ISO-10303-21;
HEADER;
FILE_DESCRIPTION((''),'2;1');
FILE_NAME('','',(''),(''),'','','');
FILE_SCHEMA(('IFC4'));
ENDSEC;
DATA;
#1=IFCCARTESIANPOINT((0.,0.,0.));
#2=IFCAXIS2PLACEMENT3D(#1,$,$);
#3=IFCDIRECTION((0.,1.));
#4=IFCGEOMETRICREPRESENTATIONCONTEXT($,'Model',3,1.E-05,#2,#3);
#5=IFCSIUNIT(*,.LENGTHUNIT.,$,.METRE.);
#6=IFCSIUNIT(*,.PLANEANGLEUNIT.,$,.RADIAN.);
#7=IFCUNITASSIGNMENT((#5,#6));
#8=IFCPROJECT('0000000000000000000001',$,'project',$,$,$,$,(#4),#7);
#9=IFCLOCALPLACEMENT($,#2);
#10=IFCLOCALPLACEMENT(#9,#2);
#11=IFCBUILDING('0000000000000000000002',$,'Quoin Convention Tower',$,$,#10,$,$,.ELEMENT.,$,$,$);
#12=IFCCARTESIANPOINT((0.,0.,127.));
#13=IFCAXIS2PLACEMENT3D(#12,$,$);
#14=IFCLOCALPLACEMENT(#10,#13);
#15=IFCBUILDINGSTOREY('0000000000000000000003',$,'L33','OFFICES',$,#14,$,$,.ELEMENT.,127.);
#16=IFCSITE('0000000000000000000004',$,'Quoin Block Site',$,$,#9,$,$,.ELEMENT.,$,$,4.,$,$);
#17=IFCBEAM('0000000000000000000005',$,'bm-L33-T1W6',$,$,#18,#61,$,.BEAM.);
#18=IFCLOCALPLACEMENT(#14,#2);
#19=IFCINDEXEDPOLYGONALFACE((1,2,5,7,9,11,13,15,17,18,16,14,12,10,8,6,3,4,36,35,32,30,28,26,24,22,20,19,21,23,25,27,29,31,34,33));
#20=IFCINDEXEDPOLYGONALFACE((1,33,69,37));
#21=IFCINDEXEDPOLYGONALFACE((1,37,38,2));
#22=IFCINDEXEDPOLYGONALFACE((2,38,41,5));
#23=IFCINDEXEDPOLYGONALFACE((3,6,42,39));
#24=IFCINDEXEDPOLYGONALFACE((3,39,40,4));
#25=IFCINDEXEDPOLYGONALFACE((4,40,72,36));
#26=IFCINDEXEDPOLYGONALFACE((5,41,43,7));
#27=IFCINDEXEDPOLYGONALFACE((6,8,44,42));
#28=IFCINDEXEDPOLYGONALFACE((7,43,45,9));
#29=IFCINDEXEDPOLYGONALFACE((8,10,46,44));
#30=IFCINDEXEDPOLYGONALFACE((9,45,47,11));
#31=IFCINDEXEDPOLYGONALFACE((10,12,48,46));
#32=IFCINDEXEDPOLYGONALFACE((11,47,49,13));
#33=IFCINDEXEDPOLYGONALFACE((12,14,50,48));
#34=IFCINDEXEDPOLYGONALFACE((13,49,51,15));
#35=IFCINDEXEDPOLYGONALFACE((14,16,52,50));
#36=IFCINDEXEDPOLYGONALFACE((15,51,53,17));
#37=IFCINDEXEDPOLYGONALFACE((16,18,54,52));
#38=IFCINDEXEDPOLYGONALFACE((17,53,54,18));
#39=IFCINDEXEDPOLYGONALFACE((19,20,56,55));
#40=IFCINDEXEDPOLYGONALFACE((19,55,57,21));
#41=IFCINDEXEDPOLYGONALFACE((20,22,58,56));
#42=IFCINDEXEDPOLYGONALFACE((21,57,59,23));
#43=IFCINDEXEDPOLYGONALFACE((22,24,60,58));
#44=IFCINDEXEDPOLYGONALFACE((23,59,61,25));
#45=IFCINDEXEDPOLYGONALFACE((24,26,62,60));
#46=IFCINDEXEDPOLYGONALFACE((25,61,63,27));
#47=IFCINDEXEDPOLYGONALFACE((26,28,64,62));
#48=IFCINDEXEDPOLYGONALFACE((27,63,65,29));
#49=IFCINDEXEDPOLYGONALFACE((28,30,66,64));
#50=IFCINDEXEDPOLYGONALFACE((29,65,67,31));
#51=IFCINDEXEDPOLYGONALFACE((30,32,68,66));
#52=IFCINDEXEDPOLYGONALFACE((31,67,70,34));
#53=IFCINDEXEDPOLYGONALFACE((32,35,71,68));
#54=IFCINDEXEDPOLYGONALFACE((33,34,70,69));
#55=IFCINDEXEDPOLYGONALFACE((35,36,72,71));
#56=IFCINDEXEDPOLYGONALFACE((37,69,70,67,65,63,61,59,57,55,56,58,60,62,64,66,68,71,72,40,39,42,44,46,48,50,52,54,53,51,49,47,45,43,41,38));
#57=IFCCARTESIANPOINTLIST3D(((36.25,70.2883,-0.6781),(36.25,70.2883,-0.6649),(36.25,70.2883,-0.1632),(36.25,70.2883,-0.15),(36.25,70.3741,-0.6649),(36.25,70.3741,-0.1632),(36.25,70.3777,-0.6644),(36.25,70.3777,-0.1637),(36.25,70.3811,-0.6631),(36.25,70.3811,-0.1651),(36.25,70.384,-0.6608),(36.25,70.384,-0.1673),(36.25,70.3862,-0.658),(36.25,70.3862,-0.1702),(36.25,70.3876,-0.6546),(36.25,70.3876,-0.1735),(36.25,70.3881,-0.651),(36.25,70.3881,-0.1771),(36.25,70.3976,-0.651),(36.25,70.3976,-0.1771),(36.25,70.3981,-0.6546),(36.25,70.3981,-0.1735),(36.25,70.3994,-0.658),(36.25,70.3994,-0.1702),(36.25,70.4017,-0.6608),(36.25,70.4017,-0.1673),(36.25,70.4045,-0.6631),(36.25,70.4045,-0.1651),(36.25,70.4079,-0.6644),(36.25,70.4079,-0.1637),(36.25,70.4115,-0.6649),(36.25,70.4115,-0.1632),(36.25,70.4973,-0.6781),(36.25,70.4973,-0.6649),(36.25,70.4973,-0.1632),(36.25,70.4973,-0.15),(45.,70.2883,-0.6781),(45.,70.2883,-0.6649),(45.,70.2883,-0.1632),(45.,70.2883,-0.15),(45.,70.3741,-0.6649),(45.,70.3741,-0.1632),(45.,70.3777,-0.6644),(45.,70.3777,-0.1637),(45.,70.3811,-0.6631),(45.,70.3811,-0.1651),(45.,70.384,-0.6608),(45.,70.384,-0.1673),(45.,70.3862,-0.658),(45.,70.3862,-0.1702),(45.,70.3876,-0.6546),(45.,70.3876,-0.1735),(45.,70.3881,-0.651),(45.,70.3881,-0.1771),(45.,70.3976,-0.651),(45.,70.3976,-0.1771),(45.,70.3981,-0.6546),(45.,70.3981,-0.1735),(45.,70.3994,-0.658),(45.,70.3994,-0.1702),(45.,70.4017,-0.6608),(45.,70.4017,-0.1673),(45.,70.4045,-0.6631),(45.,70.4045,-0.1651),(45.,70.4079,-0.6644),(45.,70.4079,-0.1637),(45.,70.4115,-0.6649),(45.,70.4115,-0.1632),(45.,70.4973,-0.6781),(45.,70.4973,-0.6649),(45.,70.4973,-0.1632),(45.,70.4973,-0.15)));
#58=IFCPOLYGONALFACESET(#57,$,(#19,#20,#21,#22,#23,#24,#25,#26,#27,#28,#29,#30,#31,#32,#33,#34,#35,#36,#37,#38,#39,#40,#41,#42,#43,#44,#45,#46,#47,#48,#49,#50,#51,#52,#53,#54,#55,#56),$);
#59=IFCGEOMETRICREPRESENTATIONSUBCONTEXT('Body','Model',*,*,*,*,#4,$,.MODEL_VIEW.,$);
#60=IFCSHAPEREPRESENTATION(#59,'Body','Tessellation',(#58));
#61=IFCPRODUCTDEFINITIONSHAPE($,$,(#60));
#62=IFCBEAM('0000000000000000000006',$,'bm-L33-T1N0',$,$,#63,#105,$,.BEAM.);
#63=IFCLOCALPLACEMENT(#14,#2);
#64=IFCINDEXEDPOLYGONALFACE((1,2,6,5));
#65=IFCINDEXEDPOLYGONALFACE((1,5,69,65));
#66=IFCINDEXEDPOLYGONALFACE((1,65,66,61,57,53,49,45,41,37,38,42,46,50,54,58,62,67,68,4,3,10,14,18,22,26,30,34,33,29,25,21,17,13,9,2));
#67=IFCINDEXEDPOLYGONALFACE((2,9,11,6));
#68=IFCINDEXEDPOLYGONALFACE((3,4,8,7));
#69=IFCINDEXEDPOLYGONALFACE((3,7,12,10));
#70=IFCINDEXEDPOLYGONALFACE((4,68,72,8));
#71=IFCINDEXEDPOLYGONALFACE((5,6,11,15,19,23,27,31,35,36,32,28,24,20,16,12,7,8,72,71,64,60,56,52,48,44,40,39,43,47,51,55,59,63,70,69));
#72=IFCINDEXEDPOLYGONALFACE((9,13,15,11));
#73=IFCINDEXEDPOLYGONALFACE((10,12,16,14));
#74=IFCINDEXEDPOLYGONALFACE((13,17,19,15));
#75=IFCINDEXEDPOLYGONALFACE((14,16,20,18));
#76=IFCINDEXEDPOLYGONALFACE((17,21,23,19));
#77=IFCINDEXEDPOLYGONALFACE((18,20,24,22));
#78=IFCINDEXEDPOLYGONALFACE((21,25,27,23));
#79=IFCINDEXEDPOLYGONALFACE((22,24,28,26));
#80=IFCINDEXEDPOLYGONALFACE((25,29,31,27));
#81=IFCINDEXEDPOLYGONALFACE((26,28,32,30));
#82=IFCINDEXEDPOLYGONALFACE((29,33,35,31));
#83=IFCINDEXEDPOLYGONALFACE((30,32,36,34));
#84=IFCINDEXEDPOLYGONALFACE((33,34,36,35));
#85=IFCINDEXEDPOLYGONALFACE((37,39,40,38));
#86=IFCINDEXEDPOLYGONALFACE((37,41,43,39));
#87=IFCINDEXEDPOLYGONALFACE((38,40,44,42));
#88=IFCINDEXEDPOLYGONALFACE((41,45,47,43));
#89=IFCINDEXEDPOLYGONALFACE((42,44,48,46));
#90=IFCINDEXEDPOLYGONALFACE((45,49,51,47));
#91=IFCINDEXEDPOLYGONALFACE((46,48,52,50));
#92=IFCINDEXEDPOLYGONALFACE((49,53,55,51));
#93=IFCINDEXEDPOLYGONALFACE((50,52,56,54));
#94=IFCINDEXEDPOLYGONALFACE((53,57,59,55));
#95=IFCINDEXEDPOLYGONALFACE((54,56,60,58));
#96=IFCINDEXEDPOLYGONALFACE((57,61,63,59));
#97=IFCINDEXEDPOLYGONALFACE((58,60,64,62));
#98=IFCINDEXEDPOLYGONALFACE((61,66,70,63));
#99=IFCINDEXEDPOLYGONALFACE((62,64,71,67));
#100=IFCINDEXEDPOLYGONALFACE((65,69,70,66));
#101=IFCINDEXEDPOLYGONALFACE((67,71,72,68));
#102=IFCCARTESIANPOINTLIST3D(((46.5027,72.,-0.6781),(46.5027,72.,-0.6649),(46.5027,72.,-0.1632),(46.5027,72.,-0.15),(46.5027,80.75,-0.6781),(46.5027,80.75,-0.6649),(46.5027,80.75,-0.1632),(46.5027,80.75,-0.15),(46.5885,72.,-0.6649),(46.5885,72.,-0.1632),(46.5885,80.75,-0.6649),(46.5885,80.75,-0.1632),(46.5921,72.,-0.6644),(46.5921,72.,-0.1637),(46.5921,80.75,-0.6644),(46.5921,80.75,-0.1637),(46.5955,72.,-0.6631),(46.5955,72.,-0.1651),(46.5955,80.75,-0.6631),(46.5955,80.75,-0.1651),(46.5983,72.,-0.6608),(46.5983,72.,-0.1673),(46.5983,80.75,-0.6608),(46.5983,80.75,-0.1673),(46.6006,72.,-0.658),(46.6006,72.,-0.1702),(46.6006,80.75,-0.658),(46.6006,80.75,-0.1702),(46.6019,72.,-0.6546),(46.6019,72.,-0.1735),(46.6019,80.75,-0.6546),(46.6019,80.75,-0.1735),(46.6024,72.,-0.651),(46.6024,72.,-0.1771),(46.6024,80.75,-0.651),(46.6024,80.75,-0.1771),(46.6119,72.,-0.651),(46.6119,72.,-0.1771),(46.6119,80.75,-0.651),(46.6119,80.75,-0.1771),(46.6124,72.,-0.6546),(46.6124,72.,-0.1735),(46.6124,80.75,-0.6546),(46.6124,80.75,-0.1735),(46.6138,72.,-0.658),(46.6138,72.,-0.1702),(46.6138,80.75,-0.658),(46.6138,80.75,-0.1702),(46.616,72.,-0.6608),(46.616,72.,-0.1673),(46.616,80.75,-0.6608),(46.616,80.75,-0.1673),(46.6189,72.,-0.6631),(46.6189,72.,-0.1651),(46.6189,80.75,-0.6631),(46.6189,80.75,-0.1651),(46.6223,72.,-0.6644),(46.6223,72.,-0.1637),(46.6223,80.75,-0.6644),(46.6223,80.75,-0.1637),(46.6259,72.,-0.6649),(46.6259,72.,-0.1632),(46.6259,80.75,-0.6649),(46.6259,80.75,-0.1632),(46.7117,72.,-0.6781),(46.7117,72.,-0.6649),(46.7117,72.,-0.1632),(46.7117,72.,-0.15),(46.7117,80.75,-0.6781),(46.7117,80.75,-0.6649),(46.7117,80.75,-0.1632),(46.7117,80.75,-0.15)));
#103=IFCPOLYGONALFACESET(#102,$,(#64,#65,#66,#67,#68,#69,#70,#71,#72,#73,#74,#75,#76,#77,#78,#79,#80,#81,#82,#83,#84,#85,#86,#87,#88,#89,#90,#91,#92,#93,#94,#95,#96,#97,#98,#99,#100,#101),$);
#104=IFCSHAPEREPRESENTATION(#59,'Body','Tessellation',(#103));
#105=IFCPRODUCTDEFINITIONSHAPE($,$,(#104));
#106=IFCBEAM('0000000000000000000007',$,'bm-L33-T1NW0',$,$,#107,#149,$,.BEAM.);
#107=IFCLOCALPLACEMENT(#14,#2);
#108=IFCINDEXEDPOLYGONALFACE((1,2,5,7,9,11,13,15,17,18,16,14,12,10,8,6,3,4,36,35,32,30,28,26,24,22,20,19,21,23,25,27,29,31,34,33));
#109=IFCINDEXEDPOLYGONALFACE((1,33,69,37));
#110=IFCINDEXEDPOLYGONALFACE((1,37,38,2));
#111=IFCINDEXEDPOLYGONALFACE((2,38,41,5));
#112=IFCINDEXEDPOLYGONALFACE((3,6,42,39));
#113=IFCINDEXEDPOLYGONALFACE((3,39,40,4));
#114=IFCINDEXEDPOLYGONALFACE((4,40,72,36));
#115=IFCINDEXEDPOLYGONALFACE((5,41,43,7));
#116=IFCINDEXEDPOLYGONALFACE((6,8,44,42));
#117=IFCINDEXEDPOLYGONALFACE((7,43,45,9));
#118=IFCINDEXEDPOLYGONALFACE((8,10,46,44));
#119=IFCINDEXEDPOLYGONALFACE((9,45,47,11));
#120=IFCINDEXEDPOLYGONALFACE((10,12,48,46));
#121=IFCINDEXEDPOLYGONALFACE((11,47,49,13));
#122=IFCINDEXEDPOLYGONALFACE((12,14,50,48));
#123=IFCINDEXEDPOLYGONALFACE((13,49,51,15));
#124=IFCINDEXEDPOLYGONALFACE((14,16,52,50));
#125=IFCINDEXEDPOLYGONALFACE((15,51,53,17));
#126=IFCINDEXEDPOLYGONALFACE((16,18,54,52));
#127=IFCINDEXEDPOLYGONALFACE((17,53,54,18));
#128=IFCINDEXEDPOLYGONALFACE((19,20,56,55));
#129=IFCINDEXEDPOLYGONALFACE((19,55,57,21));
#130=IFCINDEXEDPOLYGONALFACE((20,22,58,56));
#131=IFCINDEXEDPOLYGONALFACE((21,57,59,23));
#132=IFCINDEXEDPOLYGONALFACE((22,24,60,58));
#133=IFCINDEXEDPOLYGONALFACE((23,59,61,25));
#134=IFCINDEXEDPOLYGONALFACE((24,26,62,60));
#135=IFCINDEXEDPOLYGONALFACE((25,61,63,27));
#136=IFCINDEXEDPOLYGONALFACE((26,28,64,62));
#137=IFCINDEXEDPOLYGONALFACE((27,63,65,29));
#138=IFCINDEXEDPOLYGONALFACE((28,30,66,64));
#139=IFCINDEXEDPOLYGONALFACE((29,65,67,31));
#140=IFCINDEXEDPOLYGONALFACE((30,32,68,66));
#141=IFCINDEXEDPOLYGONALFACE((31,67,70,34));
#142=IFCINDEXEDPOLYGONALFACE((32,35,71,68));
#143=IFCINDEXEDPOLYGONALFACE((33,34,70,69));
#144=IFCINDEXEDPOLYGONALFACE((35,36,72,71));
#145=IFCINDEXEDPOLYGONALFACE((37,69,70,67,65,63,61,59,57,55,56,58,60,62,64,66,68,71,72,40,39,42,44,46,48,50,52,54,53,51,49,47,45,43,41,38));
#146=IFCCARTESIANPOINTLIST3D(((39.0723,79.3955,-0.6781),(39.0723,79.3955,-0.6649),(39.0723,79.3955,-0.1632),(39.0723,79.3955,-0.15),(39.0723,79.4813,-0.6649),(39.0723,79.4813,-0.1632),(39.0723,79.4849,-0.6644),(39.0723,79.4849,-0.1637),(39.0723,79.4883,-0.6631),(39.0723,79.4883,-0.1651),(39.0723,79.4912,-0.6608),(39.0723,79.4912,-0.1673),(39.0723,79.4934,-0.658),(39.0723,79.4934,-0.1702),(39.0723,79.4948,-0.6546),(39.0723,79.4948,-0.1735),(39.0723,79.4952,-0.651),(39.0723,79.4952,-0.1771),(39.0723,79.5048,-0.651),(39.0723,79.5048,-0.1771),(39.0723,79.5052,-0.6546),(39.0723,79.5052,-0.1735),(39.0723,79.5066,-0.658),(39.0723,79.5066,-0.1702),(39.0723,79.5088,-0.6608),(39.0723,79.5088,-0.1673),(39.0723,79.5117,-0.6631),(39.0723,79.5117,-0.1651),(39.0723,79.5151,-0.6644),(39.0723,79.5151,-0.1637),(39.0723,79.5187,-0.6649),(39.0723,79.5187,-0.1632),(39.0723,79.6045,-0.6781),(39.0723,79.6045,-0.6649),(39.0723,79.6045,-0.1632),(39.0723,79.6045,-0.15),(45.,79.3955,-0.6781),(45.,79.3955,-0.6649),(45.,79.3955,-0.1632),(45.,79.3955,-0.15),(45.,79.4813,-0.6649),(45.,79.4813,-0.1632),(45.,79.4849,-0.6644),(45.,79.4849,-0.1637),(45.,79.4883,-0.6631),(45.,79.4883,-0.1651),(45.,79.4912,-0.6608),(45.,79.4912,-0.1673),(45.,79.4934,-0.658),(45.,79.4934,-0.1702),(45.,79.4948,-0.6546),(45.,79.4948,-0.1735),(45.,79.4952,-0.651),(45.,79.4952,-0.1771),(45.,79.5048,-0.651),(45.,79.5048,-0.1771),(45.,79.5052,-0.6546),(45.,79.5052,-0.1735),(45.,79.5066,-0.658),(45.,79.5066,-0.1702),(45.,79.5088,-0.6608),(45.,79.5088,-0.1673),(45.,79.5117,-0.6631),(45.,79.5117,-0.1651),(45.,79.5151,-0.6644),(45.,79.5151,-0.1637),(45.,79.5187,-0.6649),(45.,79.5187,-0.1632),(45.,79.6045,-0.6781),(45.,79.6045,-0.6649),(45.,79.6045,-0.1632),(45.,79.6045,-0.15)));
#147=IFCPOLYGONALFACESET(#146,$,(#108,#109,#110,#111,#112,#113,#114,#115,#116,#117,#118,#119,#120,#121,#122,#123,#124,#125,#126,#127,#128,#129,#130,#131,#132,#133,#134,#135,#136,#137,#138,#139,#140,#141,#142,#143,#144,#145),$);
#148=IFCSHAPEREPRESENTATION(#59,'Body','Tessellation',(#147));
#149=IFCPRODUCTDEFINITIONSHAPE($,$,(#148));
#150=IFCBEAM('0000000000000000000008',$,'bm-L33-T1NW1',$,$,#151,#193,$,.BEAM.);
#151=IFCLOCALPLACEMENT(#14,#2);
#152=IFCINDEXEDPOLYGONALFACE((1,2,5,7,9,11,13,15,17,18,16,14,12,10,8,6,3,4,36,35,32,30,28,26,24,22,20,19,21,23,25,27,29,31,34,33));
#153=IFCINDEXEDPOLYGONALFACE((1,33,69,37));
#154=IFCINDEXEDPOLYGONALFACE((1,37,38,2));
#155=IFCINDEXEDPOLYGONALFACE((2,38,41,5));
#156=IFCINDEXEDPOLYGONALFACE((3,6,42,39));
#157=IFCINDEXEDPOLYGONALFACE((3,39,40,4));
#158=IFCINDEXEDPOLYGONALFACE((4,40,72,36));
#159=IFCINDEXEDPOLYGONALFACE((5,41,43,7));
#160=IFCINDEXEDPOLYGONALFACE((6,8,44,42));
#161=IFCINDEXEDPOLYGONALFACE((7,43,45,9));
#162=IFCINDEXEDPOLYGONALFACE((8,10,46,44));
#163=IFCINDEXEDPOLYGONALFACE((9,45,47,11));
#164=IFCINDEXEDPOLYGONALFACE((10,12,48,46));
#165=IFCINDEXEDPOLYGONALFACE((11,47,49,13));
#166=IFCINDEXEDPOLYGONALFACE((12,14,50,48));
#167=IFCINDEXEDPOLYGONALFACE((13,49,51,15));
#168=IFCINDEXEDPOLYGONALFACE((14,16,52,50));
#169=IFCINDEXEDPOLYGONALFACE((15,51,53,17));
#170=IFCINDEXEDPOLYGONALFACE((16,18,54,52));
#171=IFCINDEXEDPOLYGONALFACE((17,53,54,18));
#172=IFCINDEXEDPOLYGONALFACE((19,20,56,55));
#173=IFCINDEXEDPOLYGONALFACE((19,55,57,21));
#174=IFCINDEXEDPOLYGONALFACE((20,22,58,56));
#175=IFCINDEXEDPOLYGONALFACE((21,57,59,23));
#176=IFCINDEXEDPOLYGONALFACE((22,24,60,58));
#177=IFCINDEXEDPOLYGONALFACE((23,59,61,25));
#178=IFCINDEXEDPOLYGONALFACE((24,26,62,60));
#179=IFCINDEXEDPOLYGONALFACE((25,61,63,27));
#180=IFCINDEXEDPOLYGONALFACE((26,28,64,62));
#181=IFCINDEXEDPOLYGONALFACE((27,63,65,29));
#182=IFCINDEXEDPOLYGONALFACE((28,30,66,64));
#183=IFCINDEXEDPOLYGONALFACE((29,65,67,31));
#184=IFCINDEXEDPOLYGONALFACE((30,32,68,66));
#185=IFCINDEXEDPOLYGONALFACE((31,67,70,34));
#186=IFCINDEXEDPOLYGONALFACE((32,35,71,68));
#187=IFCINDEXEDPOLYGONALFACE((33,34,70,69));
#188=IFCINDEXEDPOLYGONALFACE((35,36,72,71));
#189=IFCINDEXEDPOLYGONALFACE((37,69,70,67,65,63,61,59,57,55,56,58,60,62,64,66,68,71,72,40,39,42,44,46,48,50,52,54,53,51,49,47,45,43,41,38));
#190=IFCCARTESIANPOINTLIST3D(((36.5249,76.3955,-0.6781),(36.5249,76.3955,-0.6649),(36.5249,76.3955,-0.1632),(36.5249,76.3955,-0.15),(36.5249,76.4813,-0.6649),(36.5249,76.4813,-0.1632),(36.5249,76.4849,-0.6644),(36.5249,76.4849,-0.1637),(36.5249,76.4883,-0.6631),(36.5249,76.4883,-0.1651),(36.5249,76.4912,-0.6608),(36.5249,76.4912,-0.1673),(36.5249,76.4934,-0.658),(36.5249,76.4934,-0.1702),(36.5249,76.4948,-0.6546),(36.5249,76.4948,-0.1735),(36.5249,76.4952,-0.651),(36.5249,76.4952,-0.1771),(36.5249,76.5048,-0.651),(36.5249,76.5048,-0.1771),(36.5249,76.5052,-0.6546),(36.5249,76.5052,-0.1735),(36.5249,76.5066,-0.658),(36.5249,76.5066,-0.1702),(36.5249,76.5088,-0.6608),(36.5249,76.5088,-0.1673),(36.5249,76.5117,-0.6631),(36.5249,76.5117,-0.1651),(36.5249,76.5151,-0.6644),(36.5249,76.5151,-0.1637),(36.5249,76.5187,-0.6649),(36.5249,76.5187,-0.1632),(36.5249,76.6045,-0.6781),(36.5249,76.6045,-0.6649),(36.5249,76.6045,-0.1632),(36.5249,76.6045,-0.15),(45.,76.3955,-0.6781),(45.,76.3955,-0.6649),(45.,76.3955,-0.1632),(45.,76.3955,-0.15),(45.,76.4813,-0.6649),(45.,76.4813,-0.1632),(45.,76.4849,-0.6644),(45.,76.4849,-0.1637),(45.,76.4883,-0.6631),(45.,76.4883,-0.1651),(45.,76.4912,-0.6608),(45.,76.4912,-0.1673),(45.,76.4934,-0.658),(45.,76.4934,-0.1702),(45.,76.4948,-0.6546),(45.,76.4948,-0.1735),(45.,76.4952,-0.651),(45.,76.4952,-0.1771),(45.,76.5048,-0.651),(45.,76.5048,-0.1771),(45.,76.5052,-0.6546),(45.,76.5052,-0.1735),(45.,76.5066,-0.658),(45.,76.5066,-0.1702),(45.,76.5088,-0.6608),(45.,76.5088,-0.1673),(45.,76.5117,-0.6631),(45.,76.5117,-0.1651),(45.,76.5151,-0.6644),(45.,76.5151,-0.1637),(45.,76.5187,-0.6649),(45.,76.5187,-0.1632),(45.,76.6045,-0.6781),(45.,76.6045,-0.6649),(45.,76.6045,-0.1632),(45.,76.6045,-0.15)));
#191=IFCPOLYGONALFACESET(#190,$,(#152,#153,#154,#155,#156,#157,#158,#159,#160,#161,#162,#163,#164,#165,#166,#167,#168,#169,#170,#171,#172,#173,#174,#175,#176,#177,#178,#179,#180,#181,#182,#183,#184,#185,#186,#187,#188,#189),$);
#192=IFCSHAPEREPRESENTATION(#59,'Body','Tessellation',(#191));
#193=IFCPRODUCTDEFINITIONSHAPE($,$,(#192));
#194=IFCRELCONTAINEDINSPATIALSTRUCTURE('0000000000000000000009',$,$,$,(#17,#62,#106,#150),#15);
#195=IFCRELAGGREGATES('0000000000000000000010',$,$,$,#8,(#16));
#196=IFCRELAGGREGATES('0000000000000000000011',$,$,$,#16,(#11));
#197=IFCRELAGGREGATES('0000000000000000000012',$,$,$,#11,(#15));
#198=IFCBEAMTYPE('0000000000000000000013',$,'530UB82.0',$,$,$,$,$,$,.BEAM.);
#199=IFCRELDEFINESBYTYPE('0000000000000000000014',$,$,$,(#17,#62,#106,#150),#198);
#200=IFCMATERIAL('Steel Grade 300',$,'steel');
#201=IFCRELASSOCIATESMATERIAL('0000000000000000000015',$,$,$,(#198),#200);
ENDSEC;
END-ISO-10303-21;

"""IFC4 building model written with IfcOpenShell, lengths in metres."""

from ifc_helpers import new_model, si_unit, direction, frame, origin, origin_2d, place, context, subcontext, project, spatial, i_section, extrude, material, material_profile, profile_set, type_object, element, save


model = new_model("IFC4")

# Units and contexts
model_context = context("Model", 3, precision=1e-05, world=origin(), true_north=direction((0.0, 1.0)))
body_context = subcontext(model_context, "Body", "Model", "MODEL_VIEW")
ifc_project = project(units=[si_unit("LENGTHUNIT", "METRE"), si_unit("PLANEANGLEUNIT", "RADIAN")], contexts=[model_context])

# Site, building, storey
site_placement = place(None, origin())
site = spatial("IfcSite", under=ifc_project, at=site_placement, Name="Quoin Block Site", CompositionType="ELEMENT", RefElevation=4.0)
building_placement = place(site_placement, origin())
building = spatial("IfcBuilding", under=site, at=building_placement, Name="Quoin Convention Tower", CompositionType="ELEMENT")
storey_placement = place(building_placement, frame((0.0, 0.0, 127.0)))
storey = spatial("IfcBuildingStorey", under=building, at=storey_placement, Name="L33", Description="OFFICES", CompositionType="ELEMENT", Elevation=127.0)

# Beams
ifc_material_1 = material(Name="Steel Grade 300", Category="steel")
ifc_material_profile_1 = material_profile(ifc_material_1, i_section(OverallWidth=0.209, OverallDepth=0.5281, WebThickness=0.0095, FlangeThickness=0.0132, FilletRadius=0.0139, at=origin_2d()), Name="530UB82.0")
ifc_profile_set_1 = profile_set([ifc_material_profile_1], Name="Steel Grade 300")
beam_type_1 = type_object("IfcBeamType", Name="530UB82.0", PredefinedType="BEAM", material=ifc_profile_set_1)
for number, where, z_axis, x_axis, name in (
    (1, (36.25, 70.3928, -0.4141), (1.0, 0.0, 0.0), (0.0, 1.0, 0.0), "bm-L33-T1W6"),
    (2, (46.6072, 72.0, -0.4141), (0.0, 1.0, 0.0), (-1.0, 0.0, 0.0), "bm-L33-T1N0"),
):
    element("IfcBeam", number, at=place(storey_placement, frame(where, z_axis=z_axis, x_axis=x_axis)), inside=storey, type_object=beam_type_1, Name=name, PredefinedType="BEAM", context=body_context, shape_type="SweptSolid", body=[
        extrude(i_section(OverallWidth=0.209, OverallDepth=0.5281, WebThickness=0.0095, FlangeThickness=0.0132, FilletRadius=0.0139, at=origin_2d()), origin(), (0.0, 0.0, 1.0), 8.75),
    ])
beam_1_placement = place(storey_placement, frame((39.0723, 79.5, -0.4141), z_axis=(1.0, 0.0, 0.0), x_axis=(0.0, 1.0, 0.0)))
element("IfcBeam", 3, at=beam_1_placement, inside=storey, type_object=beam_type_1, Name="bm-L33-T1NW0", PredefinedType="BEAM", context=body_context, shape_type="SweptSolid", body=[
    extrude(i_section(OverallWidth=0.209, OverallDepth=0.5281, WebThickness=0.0095, FlangeThickness=0.0132, FilletRadius=0.0139, at=origin_2d()), origin(), (0.0, 0.0, 1.0), 5.9277),
])
beam_2_placement = place(storey_placement, frame((36.5249, 76.5, -0.4141), z_axis=(1.0, 0.0, 0.0), x_axis=(0.0, 1.0, 0.0)))
element("IfcBeam", 4, at=beam_2_placement, inside=storey, type_object=beam_type_1, Name="bm-L33-T1NW1", PredefinedType="BEAM", context=body_context, shape_type="SweptSolid", body=[
    extrude(i_section(OverallWidth=0.209, OverallDepth=0.5281, WebThickness=0.0095, FlangeThickness=0.0132, FilletRadius=0.0139, at=origin_2d()), origin(), (0.0, 0.0, 1.0), 8.4751),
])

save(model, "model.ifc")
